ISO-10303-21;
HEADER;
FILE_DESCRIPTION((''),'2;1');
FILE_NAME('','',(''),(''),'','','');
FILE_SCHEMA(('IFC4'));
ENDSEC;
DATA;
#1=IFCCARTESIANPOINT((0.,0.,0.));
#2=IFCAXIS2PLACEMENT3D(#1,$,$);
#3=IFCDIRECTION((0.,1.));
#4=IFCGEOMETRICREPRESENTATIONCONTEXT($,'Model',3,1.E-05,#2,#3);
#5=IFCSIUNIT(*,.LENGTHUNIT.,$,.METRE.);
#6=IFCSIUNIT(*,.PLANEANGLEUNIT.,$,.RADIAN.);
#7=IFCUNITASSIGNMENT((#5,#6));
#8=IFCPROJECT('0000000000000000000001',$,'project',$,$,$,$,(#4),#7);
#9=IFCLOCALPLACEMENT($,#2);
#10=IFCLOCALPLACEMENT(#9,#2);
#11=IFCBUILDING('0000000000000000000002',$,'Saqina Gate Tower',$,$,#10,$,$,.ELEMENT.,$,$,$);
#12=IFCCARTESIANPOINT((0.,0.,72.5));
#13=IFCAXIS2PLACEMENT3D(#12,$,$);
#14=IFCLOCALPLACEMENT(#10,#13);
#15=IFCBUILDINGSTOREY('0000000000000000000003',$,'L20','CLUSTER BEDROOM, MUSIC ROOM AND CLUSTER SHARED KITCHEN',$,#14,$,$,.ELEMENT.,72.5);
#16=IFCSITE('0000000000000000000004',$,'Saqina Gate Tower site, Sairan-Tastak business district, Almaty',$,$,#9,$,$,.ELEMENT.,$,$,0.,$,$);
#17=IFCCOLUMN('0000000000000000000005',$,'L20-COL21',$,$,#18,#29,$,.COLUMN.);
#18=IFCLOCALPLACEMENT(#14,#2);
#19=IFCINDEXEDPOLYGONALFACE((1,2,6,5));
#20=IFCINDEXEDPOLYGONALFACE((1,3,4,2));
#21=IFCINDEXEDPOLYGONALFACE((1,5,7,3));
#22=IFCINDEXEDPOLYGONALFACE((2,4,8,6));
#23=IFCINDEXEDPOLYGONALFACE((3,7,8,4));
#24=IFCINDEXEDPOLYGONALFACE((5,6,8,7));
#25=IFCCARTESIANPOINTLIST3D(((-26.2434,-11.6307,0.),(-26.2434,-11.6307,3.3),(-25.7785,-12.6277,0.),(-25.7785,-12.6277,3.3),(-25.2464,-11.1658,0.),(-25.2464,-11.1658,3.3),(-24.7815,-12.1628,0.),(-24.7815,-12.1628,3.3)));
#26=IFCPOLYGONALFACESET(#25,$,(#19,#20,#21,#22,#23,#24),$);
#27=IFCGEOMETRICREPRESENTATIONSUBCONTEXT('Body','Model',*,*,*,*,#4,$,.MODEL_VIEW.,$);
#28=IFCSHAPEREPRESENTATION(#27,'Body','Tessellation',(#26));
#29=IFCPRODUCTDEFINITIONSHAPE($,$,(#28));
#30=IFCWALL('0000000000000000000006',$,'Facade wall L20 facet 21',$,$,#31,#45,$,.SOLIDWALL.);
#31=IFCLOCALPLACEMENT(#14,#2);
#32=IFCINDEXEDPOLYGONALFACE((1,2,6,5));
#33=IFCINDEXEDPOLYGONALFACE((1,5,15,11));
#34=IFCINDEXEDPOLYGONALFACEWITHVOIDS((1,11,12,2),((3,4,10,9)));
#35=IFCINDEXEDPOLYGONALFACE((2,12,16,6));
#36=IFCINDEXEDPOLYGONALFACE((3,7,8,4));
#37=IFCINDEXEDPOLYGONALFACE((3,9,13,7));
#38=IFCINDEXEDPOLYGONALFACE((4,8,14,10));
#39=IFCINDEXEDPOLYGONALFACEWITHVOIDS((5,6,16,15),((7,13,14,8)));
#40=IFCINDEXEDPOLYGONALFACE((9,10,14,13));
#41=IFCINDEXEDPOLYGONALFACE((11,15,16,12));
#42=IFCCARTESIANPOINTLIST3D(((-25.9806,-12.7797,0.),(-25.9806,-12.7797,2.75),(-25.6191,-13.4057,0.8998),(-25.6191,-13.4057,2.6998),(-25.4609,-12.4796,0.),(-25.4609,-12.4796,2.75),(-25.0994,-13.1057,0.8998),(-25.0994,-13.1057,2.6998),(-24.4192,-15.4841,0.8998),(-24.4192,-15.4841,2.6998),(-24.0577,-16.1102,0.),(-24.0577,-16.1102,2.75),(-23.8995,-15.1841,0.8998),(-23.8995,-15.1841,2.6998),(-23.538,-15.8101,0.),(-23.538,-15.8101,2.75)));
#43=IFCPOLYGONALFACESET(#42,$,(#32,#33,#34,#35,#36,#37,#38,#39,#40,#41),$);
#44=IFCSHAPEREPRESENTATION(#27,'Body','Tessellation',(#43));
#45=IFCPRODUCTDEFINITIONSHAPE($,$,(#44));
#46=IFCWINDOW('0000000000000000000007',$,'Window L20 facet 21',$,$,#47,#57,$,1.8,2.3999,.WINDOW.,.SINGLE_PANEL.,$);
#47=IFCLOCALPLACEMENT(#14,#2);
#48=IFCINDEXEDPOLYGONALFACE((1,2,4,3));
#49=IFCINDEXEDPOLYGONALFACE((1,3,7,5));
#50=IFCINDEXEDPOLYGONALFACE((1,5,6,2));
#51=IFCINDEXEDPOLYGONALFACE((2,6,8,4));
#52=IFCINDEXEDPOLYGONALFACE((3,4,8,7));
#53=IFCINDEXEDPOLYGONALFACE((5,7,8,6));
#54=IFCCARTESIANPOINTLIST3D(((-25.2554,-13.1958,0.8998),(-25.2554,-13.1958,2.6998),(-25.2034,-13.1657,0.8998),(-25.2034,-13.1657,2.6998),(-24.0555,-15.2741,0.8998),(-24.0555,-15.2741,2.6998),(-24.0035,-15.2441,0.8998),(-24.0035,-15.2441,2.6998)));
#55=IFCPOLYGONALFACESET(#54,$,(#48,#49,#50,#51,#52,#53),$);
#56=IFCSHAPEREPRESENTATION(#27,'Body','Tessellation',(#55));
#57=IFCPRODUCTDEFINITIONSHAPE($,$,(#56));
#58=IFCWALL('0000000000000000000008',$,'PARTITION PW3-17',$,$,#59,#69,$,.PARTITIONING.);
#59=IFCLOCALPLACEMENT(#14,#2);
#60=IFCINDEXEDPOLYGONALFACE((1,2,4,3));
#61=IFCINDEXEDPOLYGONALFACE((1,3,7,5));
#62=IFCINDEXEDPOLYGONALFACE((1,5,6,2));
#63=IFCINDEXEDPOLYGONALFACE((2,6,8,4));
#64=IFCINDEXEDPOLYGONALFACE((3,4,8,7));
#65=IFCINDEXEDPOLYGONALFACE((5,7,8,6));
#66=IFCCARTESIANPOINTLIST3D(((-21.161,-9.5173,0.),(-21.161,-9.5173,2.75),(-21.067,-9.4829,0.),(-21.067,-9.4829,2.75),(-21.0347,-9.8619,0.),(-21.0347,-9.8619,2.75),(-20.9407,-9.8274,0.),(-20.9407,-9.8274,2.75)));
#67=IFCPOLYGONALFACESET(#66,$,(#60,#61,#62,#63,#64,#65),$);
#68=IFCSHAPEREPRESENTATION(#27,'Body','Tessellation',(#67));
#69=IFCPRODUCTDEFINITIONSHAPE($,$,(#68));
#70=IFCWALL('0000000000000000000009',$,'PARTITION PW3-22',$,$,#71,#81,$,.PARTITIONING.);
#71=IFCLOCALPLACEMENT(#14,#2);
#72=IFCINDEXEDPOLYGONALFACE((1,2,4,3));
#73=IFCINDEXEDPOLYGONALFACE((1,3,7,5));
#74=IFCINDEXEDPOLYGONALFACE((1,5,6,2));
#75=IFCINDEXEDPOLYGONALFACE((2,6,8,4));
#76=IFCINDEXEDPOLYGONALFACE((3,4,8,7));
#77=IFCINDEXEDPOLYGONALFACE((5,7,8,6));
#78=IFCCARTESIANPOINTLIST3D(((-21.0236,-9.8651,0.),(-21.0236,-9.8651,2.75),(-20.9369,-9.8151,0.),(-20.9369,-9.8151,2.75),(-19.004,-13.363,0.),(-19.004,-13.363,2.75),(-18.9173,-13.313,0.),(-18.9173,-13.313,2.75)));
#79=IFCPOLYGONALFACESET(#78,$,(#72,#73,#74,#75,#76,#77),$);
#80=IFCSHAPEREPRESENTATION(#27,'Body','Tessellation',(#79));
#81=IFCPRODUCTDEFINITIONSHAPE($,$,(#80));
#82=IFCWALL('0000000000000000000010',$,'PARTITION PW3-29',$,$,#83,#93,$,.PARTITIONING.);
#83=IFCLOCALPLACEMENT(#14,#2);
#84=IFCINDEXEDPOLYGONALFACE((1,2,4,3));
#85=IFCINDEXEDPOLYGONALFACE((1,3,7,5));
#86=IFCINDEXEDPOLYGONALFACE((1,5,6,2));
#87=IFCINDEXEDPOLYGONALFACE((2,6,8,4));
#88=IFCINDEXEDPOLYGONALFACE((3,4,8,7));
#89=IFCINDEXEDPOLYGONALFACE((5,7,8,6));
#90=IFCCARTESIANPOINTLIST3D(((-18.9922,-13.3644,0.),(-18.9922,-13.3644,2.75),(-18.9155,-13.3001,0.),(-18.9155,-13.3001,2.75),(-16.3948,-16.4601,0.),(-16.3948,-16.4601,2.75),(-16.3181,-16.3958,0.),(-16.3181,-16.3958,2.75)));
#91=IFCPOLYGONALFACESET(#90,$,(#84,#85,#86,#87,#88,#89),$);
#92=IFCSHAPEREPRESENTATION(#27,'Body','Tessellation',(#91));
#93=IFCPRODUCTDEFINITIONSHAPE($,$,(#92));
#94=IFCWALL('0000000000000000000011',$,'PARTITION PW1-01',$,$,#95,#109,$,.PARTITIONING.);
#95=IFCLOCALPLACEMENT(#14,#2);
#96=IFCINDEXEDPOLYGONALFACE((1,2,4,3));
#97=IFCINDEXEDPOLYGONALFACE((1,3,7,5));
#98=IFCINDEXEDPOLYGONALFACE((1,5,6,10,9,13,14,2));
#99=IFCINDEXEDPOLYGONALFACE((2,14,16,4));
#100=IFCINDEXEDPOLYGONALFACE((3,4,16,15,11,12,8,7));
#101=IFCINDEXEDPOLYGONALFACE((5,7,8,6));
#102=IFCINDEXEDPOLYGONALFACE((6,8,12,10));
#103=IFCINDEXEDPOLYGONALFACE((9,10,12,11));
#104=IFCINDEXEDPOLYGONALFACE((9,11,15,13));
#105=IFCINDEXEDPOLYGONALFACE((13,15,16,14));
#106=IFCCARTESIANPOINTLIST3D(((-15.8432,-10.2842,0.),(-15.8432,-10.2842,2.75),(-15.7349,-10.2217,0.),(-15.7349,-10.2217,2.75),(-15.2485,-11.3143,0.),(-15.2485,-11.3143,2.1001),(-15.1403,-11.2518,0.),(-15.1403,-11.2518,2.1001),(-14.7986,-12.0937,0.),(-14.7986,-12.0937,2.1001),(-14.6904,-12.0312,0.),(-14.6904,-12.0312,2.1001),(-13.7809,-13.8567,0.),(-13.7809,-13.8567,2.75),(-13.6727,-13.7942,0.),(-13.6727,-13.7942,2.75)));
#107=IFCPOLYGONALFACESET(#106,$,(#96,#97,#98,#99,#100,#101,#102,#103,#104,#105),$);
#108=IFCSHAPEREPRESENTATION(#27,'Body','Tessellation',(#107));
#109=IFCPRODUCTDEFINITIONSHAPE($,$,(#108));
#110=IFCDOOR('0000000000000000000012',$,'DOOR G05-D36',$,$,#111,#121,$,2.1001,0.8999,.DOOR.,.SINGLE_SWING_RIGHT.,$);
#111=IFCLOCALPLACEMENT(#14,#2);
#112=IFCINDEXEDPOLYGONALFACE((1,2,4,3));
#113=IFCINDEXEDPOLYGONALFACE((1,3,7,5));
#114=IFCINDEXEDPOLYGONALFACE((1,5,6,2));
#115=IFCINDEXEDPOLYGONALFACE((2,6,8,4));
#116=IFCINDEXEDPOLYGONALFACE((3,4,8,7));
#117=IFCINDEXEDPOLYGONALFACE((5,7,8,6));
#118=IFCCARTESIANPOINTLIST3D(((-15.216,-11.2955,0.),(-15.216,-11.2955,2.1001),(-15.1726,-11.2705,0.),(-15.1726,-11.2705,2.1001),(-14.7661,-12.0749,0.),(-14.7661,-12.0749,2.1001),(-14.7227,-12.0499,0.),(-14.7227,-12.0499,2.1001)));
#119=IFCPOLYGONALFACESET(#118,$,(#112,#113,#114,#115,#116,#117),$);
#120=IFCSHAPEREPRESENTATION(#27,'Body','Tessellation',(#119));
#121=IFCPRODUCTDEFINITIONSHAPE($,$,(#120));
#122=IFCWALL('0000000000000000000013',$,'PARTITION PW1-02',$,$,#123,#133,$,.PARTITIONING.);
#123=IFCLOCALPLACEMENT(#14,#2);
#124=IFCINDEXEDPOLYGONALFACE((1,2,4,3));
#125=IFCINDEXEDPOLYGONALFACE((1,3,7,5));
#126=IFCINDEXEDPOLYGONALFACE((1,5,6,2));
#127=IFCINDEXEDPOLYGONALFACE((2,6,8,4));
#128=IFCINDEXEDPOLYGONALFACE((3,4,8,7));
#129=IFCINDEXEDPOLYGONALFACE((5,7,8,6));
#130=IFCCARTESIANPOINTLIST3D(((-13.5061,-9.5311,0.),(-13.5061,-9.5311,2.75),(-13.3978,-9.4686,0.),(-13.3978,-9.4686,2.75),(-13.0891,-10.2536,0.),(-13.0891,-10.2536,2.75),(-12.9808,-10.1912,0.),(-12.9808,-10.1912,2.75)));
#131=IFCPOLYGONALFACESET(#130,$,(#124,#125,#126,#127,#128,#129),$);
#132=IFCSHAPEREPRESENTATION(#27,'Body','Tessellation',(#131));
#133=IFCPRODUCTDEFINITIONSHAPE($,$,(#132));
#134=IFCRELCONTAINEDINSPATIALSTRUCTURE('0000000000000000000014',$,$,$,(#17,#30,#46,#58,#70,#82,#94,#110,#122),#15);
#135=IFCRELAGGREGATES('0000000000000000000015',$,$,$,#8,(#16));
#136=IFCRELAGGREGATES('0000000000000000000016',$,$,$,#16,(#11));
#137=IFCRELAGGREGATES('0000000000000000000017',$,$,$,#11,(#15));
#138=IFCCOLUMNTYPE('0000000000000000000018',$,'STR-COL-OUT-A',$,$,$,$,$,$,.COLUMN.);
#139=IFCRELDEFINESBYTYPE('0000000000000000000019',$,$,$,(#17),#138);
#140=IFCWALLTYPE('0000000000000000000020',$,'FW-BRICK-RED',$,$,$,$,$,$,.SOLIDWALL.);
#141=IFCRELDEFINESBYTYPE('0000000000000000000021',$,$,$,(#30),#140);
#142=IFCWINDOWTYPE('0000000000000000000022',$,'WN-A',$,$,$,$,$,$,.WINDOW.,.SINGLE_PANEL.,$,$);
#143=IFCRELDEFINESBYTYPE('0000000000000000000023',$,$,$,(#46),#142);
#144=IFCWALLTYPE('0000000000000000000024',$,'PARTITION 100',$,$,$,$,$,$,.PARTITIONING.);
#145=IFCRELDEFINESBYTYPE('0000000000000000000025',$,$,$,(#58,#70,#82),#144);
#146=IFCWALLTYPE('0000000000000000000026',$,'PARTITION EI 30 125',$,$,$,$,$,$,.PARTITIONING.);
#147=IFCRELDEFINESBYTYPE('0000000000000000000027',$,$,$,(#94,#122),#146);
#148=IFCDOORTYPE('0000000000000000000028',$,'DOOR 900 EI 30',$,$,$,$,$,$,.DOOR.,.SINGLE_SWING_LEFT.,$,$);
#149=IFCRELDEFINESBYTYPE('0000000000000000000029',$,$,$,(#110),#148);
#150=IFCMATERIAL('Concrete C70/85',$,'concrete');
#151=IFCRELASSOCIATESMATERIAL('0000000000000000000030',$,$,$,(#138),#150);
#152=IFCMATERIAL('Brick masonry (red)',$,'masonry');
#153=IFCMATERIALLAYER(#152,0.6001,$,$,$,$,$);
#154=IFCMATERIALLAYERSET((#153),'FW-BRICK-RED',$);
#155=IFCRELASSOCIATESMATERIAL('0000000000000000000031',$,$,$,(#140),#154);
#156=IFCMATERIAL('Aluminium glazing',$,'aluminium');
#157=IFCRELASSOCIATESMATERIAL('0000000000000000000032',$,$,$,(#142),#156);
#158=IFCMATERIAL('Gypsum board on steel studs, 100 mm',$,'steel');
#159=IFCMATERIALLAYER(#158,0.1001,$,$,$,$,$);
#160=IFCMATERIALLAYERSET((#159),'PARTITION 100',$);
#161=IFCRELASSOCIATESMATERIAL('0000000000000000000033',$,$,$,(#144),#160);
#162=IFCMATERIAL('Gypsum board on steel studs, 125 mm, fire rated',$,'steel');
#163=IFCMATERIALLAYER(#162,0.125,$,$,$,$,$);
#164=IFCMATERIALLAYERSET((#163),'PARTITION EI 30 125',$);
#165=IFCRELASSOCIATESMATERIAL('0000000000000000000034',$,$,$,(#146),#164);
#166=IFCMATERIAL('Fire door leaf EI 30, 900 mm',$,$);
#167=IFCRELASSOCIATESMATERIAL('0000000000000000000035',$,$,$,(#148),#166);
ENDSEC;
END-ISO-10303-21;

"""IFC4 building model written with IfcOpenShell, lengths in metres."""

from ifc_helpers import new_model, si_unit, direction, frame, frame_2d, origin, origin_2d, place, context, subcontext, project, spatial, rectangle, extrude, material, layer, layer_set, material_profile, profile_set, type_object, element, fill, save


model = new_model("IFC4")

# Units and contexts
model_context = context("Model", 3, precision=1e-05, world=origin(), true_north=direction((0.0, 1.0)))
body_context = subcontext(model_context, "Body", "Model", "MODEL_VIEW")
ifc_project = project(units=[si_unit("LENGTHUNIT", "METRE"), si_unit("PLANEANGLEUNIT", "RADIAN")], contexts=[model_context])

# Site, building, storey
site_placement = place(None, origin())
site = spatial("IfcSite", under=ifc_project, at=site_placement, Name="Saqina Gate Tower site, Sairan-Tastak business district, Almaty", CompositionType="ELEMENT", RefElevation=0.0)
building_placement = place(site_placement, origin())
building = spatial("IfcBuilding", under=site, at=building_placement, Name="Saqina Gate Tower", CompositionType="ELEMENT")
storey_placement = place(building_placement, frame((0.0, 0.0, 72.5)))
storey = spatial("IfcBuildingStorey", under=building, at=storey_placement, Name="L20", Description="CLUSTER BEDROOM, MUSIC ROOM AND CLUSTER SHARED KITCHEN", CompositionType="ELEMENT", Elevation=72.5)

# Column
ifc_material_1 = material(Name="Concrete C70/85", Category="concrete")
ifc_material_profile = material_profile(ifc_material_1, rectangle(XDim=1.1001, YDim=1.1001, at=origin_2d()), Name="RC 1100x1100")
ifc_profile_set = profile_set([ifc_material_profile], Name="Concrete C70/85")
column_type = type_object("IfcColumnType", Name="STR-COL-OUT-A", PredefinedType="COLUMN", material=ifc_profile_set)
column_placement = place(storey_placement, frame((-25.5125, -11.8967, 0.0), z_axis=(0.0, 0.0, 1.0), x_axis=(-0.906308, -0.422618, 0.0)))
element("IfcColumn", 1, at=column_placement, inside=storey, type_object=column_type, Name="L20-COL21", PredefinedType="COLUMN", context=body_context, shape_type="SweptSolid", body=[
    extrude(rectangle(XDim=1.1001, YDim=1.1001, at=origin_2d()), origin(), (0.0, 0.0, 1.0), 3.3),
])

# Wall, opening, window
ifc_material_2 = material(Name="Brick masonry (red)", Category="masonry")
ifc_layer_1 = layer(ifc_material_2, 0.6001)
ifc_layer_set_1 = layer_set([ifc_layer_1], Name="FW-BRICK-RED")
wall_type_1 = type_object("IfcWallType", Name="FW-BRICK-RED", PredefinedType="SOLIDWALL", material=ifc_layer_set_1)
wall_1_placement = place(storey_placement, frame((-25.7207, -12.6296, 0.0), z_axis=(0.0, 0.0, 1.0), x_axis=(0.49999, -0.866031, 0.0)))
wall_1 = element("IfcWall", 2, at=wall_1_placement, inside=storey, type_object=wall_type_1, Name="Facade wall L20 facet 21", PredefinedType="SOLIDWALL", context=body_context, shape_type="SweptSolid", body=[
    extrude(rectangle(XDim=3.8457, YDim=0.6001, at=frame_2d((1.9229, 0.0))), origin(), (0.0, 0.0, 1.0), 2.75),
])
opening_1_placement = place(wall_1_placement, frame((0.7229, 0.0, 0.8999)))
opening_1 = element("IfcOpeningElement", 3, at=opening_1_placement, cuts=wall_1, PredefinedType="OPENING", context=body_context, shape_type="SweptSolid", body=[
    extrude(rectangle(XDim=2.3999, YDim=1.8, at=frame_2d((1.2, 0.8999))), frame((0.0, 0.312, 0.0), z_axis=(0.0, -1.0, 0.0), x_axis=(1.0, 0.0, 0.0)), (0.0, 0.0, 1.0), 0.624),
])
ifc_material_3 = material(Name="Aluminium glazing", Category="aluminium")
window_type = type_object("IfcWindowType", Name="WN-A", PartitioningType="SINGLE_PANEL", PredefinedType="WINDOW", material=ifc_material_3)
window_placement = place(opening_1_placement, origin())
window = element("IfcWindow", 4, at=window_placement, inside=storey, type_object=window_type, Name="Window L20 facet 21", OverallHeight=1.8, OverallWidth=2.3999, PartitioningType="SINGLE_PANEL", PredefinedType="WINDOW", context=body_context, shape_type="SweptSolid", body=[
    extrude(rectangle(XDim=2.3999, YDim=1.8, at=frame_2d((1.2, 0.8999))), frame((0.0, 0.1799, 0.0), z_axis=(0.0, -1.0, 0.0), x_axis=(1.0, 0.0, 0.0)), (0.0, 0.0, 1.0), 0.0601),
])
fill(opening_1, window)

# Walls
ifc_material_4 = material(Name="Gypsum board on steel studs, 100 mm", Category="steel")
ifc_layer_2 = layer(ifc_material_4, 0.1001)
ifc_layer_set_2 = layer_set([ifc_layer_2], Name="PARTITION 100")
wall_type_2 = type_object("IfcWallType", Name="PARTITION 100", PredefinedType="PARTITIONING", material=ifc_layer_set_2)
wall_2_placement = place(storey_placement, frame((-21.114, -9.5, 0.0), z_axis=(0.0, 0.0, 1.0), x_axis=(0.34404, -0.938955, 0.0)))
element("IfcWall", 5, at=wall_2_placement, inside=storey, type_object=wall_type_2, Name="PARTITION PW3-17", PredefinedType="PARTITIONING", context=body_context, shape_type="SweptSolid", body=[
    extrude(rectangle(XDim=0.3669, YDim=0.1001, at=frame_2d((0.1836, 0.0))), origin(), (0.0, 0.0, 1.0), 2.75),
])
wall_3_placement = place(storey_placement, frame((-20.9802, -9.8401, 0.0), z_axis=(0.0, 0.0, 1.0), x_axis=(0.500014, -0.866017, 0.0)))
element("IfcWall", 6, at=wall_3_placement, inside=storey, type_object=wall_type_2, Name="PARTITION PW3-22", PredefinedType="PARTITIONING", context=body_context, shape_type="SweptSolid", body=[
    extrude(rectangle(XDim=4.0391, YDim=0.1001, at=frame_2d((2.0195, 0.0))), origin(), (0.0, 0.0, 1.0), 2.75),
])
wall_4_placement = place(storey_placement, frame((-18.9539, -13.3323, 0.0), z_axis=(0.0, 0.0, 1.0), x_axis=(0.64276, -0.766068, 0.0)))
element("IfcWall", 7, at=wall_4_placement, inside=storey, type_object=wall_type_2, Name="PARTITION PW3-29", PredefinedType="PARTITIONING", context=body_context, shape_type="SweptSolid", body=[
    extrude(rectangle(XDim=4.041, YDim=0.1001, at=frame_2d((2.0205, 0.0))), origin(), (0.0, 0.0, 1.0), 2.75),
])

# Wall, opening, door
ifc_material_5 = material(Name="Gypsum board on steel studs, 125 mm, fire rated", Category="steel")
ifc_layer_3 = layer(ifc_material_5, 0.125)
ifc_layer_set_3 = layer_set([ifc_layer_3], Name="PARTITION EI 30 125")
wall_type_3 = type_object("IfcWallType", Name="PARTITION EI 30 125", PredefinedType="PARTITIONING", material=ifc_layer_set_3)
wall_5_placement = place(storey_placement, frame((-15.7891, -10.2529, 0.0), z_axis=(0.0, 0.0, 1.0), x_axis=(0.499939, -0.86606, 0.0)))
wall_5 = element("IfcWall", 8, at=wall_5_placement, inside=storey, type_object=wall_type_3, Name="PARTITION PW1-01", PredefinedType="PARTITIONING", context=body_context, shape_type="SweptSolid", body=[
    extrude(rectangle(XDim=4.125, YDim=0.125, at=frame_2d((2.0625, 0.0))), origin(), (0.0, 0.0, 1.0), 2.75),
])
opening_2_placement = place(wall_5_placement, frame((1.1895, 0.0, 0.0)))
opening_2 = element("IfcOpeningElement", 9, at=opening_2_placement, cuts=wall_5, PredefinedType="OPENING", context=body_context, shape_type="SweptSolid", body=[
    extrude(rectangle(XDim=0.8999, YDim=2.1001, at=frame_2d((0.45, 1.05))), frame((0.0, 0.0745, 0.0), z_axis=(0.0, -1.0, 0.0), x_axis=(1.0, 0.0, 0.0)), (0.0, 0.0, 1.0), 0.1489),
])
ifc_material_6 = material(Name="Fire door leaf EI 30, 900 mm")
door_type_1 = type_object("IfcDoorType", Name="DOOR 900 EI 30", OperationType="SINGLE_SWING_LEFT", PredefinedType="DOOR", material=ifc_material_6)
door_1_placement = place(opening_2_placement, frame((0.8999, 0.0, 0.0), z_axis=(0.0, 0.0, 1.0), x_axis=(-1.0, 0.0, 0.0)))
door_1 = element("IfcDoor", 10, at=door_1_placement, inside=storey, type_object=door_type_1, Name="DOOR G05-D36", OperationType="SINGLE_SWING_RIGHT", OverallHeight=2.1001, OverallWidth=0.8999, PredefinedType="DOOR", context=body_context, shape_type="SweptSolid", body=[
    extrude(rectangle(XDim=0.8999, YDim=2.1001, at=frame_2d((0.45, 1.05))), frame((0.0, 0.0249, 0.0), z_axis=(0.0, -1.0, 0.0), x_axis=(1.0, 0.0, 0.0)), (0.0, 0.0, 1.0), 0.05),
])
fill(opening_2, door_1)

# Wall
wall_6_placement = place(storey_placement, frame((-13.4519, -9.5, 0.0), z_axis=(0.0, 0.0, 1.0), x_axis=(0.499917, -0.866073, 0.0)))
element("IfcWall", 11, at=wall_6_placement, inside=storey, type_object=wall_type_3, Name="PARTITION PW1-02", PredefinedType="PARTITIONING", context=body_context, shape_type="SweptSolid", body=[
    extrude(rectangle(XDim=0.8342, YDim=0.125, at=frame_2d((0.417, 0.0))), origin(), (0.0, 0.0, 1.0), 2.75),
])

save(model, "model.ifc")
